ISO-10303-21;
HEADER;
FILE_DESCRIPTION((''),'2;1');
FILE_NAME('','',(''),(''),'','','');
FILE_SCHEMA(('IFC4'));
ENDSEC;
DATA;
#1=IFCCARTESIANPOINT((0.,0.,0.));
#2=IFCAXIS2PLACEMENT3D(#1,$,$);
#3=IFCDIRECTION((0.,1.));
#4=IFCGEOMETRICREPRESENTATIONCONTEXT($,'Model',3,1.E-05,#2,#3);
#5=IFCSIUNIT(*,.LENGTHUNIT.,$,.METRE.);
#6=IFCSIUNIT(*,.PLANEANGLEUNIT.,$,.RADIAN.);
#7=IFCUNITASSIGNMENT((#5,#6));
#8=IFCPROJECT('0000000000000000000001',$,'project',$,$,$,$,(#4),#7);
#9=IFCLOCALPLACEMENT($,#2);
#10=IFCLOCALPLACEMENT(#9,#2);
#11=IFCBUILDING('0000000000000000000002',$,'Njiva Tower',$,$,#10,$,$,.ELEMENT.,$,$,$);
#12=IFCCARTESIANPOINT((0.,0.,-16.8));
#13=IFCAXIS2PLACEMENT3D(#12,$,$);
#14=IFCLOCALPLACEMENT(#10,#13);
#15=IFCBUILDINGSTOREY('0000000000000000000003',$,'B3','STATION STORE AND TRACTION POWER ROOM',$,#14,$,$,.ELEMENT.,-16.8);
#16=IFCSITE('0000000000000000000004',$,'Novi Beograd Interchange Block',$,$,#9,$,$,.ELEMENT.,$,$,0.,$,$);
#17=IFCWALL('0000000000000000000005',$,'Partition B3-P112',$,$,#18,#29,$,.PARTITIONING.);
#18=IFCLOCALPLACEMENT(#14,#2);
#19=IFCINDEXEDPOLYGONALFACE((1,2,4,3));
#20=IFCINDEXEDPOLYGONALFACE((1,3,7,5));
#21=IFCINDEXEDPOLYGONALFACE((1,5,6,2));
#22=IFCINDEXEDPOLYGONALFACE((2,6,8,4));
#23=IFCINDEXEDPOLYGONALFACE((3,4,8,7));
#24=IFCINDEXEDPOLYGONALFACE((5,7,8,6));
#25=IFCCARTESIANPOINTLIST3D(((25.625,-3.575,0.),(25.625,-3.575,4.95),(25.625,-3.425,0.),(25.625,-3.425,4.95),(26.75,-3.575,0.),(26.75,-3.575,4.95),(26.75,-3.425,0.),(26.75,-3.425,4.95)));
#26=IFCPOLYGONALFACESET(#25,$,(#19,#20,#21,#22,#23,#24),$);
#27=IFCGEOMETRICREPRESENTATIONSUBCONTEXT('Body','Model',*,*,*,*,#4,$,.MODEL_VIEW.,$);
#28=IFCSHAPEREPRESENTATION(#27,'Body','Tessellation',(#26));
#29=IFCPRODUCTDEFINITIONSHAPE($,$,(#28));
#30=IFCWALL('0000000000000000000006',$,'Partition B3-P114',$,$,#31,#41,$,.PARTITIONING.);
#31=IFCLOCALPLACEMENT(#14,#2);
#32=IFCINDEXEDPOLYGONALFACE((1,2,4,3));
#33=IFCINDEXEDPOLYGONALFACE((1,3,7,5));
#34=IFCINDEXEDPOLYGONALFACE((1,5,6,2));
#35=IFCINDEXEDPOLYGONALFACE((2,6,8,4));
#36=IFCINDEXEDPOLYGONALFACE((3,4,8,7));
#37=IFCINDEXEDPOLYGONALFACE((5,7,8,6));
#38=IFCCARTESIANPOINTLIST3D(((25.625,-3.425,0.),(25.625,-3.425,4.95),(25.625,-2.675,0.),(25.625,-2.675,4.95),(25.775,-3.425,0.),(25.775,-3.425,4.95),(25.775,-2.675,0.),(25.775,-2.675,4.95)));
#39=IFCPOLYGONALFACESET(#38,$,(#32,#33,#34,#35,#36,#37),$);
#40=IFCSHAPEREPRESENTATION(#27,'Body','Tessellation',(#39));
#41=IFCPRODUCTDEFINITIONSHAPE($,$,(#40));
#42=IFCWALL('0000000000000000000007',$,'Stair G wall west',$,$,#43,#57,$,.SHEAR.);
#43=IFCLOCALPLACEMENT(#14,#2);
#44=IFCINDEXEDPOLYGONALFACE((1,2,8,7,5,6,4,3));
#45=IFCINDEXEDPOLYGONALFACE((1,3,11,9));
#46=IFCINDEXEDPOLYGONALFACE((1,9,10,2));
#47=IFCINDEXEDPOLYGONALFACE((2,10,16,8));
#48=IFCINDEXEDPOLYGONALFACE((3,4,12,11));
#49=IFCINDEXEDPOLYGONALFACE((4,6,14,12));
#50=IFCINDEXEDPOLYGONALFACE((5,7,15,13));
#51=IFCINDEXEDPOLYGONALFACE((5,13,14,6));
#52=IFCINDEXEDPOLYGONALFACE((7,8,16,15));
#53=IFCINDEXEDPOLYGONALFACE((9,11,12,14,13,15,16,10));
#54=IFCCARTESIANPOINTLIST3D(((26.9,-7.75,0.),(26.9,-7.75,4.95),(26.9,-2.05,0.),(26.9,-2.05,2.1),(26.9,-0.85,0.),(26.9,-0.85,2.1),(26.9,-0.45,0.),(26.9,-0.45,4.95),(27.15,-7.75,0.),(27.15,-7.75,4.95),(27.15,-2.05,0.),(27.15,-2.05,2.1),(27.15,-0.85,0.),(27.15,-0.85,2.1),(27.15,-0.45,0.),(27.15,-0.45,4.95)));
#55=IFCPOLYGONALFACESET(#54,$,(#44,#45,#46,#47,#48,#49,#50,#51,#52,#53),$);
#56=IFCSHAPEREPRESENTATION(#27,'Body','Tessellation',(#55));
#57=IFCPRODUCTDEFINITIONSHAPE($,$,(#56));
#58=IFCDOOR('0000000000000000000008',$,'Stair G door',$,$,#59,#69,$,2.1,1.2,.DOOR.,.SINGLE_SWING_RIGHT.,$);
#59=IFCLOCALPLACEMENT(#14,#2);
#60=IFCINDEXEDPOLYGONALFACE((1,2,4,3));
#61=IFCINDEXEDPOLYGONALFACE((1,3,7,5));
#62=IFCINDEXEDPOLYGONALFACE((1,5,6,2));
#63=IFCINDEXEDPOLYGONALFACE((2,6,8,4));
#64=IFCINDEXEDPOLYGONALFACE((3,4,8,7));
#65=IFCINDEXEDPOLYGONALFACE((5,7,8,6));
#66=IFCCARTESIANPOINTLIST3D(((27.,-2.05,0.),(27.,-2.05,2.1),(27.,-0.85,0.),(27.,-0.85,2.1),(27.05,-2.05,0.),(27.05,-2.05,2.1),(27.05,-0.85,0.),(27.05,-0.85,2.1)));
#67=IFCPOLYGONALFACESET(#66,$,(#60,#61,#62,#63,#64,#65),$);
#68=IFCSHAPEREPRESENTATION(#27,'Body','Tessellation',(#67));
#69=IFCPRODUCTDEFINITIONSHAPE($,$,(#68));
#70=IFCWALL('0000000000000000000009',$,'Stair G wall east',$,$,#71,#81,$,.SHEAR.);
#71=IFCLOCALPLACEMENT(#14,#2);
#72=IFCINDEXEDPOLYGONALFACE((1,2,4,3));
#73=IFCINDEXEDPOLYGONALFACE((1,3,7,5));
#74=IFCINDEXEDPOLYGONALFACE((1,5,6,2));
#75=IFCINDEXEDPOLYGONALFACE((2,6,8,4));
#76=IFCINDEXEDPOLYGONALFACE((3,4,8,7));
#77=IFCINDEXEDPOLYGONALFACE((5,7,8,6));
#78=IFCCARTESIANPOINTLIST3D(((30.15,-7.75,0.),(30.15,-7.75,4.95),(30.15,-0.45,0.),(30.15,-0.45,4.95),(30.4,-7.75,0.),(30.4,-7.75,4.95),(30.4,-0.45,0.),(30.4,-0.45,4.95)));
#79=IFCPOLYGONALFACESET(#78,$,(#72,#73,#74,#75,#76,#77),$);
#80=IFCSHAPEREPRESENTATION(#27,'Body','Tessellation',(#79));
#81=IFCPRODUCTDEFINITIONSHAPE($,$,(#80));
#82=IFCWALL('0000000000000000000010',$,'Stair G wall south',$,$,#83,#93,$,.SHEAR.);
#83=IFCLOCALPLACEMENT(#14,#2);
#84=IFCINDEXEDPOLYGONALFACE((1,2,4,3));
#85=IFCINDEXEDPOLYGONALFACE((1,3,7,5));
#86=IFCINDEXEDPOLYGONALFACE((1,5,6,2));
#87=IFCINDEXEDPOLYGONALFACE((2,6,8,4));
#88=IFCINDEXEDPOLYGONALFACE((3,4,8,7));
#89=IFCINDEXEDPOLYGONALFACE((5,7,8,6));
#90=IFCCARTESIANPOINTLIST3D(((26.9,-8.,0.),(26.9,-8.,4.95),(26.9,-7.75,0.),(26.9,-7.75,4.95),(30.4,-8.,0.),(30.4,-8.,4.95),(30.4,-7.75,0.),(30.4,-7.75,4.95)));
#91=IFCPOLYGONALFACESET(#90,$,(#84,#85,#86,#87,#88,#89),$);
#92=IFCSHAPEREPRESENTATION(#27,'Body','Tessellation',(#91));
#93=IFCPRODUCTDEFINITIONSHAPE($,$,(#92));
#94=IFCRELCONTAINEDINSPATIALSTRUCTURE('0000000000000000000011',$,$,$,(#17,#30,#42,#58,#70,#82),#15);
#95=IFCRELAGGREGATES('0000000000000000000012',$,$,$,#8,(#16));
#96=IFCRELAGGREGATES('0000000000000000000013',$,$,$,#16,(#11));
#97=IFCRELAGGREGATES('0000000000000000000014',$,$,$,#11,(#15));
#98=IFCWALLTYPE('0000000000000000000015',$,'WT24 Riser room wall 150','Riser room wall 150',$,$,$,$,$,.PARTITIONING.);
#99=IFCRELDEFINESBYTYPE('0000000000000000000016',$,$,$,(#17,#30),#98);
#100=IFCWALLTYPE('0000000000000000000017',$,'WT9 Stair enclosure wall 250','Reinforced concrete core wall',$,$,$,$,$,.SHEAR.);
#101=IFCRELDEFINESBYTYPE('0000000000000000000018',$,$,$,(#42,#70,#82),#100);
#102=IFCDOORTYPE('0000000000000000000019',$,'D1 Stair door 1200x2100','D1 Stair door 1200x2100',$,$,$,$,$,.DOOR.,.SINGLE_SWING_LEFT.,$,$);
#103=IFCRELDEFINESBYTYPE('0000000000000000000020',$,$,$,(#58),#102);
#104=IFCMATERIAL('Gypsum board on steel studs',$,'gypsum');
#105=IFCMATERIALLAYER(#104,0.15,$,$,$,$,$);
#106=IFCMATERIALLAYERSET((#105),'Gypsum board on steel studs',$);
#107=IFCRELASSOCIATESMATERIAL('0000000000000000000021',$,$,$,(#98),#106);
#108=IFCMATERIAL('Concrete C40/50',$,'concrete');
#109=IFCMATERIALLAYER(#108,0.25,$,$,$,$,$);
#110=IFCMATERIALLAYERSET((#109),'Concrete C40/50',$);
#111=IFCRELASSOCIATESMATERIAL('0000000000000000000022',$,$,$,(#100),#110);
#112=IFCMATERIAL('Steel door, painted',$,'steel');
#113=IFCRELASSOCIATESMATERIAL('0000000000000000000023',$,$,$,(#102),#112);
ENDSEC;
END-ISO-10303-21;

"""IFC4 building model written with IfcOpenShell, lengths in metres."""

from ifc_helpers import new_model, si_unit, direction, frame, frame_2d, origin, place, context, subcontext, project, spatial, rectangle, extrude, material, layer, layer_set, type_object, element, fill, save


model = new_model("IFC4")

# Units and contexts
model_context = context("Model", 3, precision=1e-05, world=origin(), true_north=direction((0.0, 1.0)))
body_context = subcontext(model_context, "Body", "Model", "MODEL_VIEW")
ifc_project = project(units=[si_unit("LENGTHUNIT", "METRE"), si_unit("PLANEANGLEUNIT", "RADIAN")], contexts=[model_context])

# Site, building, storey
site_placement = place(None, origin())
site = spatial("IfcSite", under=ifc_project, at=site_placement, Name="Novi Beograd Interchange Block", CompositionType="ELEMENT", RefElevation=0.0)
building_placement = place(site_placement, origin())
building = spatial("IfcBuilding", under=site, at=building_placement, Name="Njiva Tower", CompositionType="ELEMENT")
storey_placement = place(building_placement, frame((0.0, 0.0, -16.8)))
storey = spatial("IfcBuildingStorey", under=building, at=storey_placement, Name="B3", Description="STATION STORE AND TRACTION POWER ROOM", CompositionType="ELEMENT", Elevation=-16.8)

# Shared definitions
ifc_material_1 = material(Name="Gypsum board on steel studs", Category="gypsum")

# Walls
ifc_layer_1 = layer(ifc_material_1, 0.15)
ifc_layer_set_1 = layer_set([ifc_layer_1], Name="Gypsum board on steel studs")
wall_type_1 = type_object("IfcWallType", Name="WT24 Riser room wall 150", Description="Riser room wall 150", PredefinedType="PARTITIONING", material=ifc_layer_set_1)
wall_1_placement = place(storey_placement, frame((25.625, -3.5, 0.0), z_axis=(0.0, 0.0, 1.0), x_axis=(1.0, 0.0, 0.0)))
element("IfcWall", 1, at=wall_1_placement, inside=storey, type_object=wall_type_1, Name="Partition B3-P112", PredefinedType="PARTITIONING", context=body_context, shape_type="SweptSolid", body=[
    extrude(rectangle(XDim=1.125, YDim=0.15, at=frame_2d((0.5625, 0.0))), origin(), (0.0, 0.0, 1.0), 4.95),
])
wall_2_placement = place(storey_placement, frame((25.7, -3.425, 0.0), z_axis=(0.0, 0.0, 1.0), x_axis=(0.0, 1.0, 0.0)))
element("IfcWall", 2, at=wall_2_placement, inside=storey, type_object=wall_type_1, Name="Partition B3-P114", PredefinedType="PARTITIONING", context=body_context, shape_type="SweptSolid", body=[
    extrude(rectangle(XDim=0.75, YDim=0.15, at=frame_2d((0.375, 0.0))), origin(), (0.0, 0.0, 1.0), 4.95),
])

# Wall, opening, door
ifc_material_2 = material(Name="Concrete C40/50", Category="concrete")
ifc_layer_2 = layer(ifc_material_2, 0.25)
ifc_layer_set_2 = layer_set([ifc_layer_2], Name="Concrete C40/50")
wall_type_2 = type_object("IfcWallType", Name="WT9 Stair enclosure wall 250", Description="Reinforced concrete core wall", PredefinedType="SHEAR", material=ifc_layer_set_2)
wall_3_placement = place(storey_placement, frame((27.025, -7.75, 0.0), z_axis=(0.0, 0.0, 1.0), x_axis=(0.0, 1.0, 0.0)))
wall_3 = element("IfcWall", 3, at=wall_3_placement, inside=storey, type_object=wall_type_2, Name="Stair G wall west", PredefinedType="SHEAR", context=body_context, shape_type="SweptSolid", body=[
    extrude(rectangle(XDim=7.3, YDim=0.25, at=frame_2d((3.65, 0.0))), origin(), (0.0, 0.0, 1.0), 4.95),
])
opening_1_placement = place(wall_3_placement, frame((5.7, 0.0, 0.0)))
opening_1 = element("IfcOpeningElement", 4, at=opening_1_placement, cuts=wall_3, PredefinedType="OPENING", context=body_context, shape_type="SweptSolid", body=[
    extrude(rectangle(XDim=1.2, YDim=2.1, at=frame_2d((0.6, 1.05))), frame((0.0, 0.135, 0.0), z_axis=(0.0, -1.0, 0.0), x_axis=(1.0, 0.0, 0.0)), (0.0, 0.0, 1.0), 0.27),
])
ifc_material_3 = material(Name="Steel door, painted", Category="steel")
door_type_1 = type_object("IfcDoorType", Name="D1 Stair door 1200x2100", Description="D1 Stair door 1200x2100", OperationType="SINGLE_SWING_LEFT", PredefinedType="DOOR", material=ifc_material_3)
door_1_placement = place(opening_1_placement, origin())
door_1 = element("IfcDoor", 5, at=door_1_placement, inside=storey, type_object=door_type_1, Name="Stair G door", OperationType="SINGLE_SWING_RIGHT", OverallHeight=2.1, OverallWidth=1.2, PredefinedType="DOOR", context=body_context, shape_type="SweptSolid", body=[
    extrude(rectangle(XDim=1.2, YDim=2.1, at=frame_2d((0.6, 1.05))), frame((0.0, 0.025, 0.0), z_axis=(0.0, -1.0, 0.0), x_axis=(1.0, 0.0, 0.0)), (0.0, 0.0, 1.0), 0.05),
])
fill(opening_1, door_1)

# Walls
wall_4_placement = place(storey_placement, frame((30.275, -7.75, 0.0), z_axis=(0.0, 0.0, 1.0), x_axis=(0.0, 1.0, 0.0)))
element("IfcWall", 6, at=wall_4_placement, inside=storey, type_object=wall_type_2, Name="Stair G wall east", PredefinedType="SHEAR", context=body_context, shape_type="SweptSolid", body=[
    extrude(rectangle(XDim=7.3, YDim=0.25, at=frame_2d((3.65, 0.0))), origin(), (0.0, 0.0, 1.0), 4.95),
])
wall_5_placement = place(storey_placement, frame((26.9, -7.875, 0.0), z_axis=(0.0, 0.0, 1.0), x_axis=(1.0, 0.0, 0.0)))
element("IfcWall", 7, at=wall_5_placement, inside=storey, type_object=wall_type_2, Name="Stair G wall south", PredefinedType="SHEAR", context=body_context, shape_type="SweptSolid", body=[
    extrude(rectangle(XDim=3.5, YDim=0.25, at=frame_2d((1.75, 0.0))), origin(), (0.0, 0.0, 1.0), 4.95),
])

save(model, "model.ifc")
